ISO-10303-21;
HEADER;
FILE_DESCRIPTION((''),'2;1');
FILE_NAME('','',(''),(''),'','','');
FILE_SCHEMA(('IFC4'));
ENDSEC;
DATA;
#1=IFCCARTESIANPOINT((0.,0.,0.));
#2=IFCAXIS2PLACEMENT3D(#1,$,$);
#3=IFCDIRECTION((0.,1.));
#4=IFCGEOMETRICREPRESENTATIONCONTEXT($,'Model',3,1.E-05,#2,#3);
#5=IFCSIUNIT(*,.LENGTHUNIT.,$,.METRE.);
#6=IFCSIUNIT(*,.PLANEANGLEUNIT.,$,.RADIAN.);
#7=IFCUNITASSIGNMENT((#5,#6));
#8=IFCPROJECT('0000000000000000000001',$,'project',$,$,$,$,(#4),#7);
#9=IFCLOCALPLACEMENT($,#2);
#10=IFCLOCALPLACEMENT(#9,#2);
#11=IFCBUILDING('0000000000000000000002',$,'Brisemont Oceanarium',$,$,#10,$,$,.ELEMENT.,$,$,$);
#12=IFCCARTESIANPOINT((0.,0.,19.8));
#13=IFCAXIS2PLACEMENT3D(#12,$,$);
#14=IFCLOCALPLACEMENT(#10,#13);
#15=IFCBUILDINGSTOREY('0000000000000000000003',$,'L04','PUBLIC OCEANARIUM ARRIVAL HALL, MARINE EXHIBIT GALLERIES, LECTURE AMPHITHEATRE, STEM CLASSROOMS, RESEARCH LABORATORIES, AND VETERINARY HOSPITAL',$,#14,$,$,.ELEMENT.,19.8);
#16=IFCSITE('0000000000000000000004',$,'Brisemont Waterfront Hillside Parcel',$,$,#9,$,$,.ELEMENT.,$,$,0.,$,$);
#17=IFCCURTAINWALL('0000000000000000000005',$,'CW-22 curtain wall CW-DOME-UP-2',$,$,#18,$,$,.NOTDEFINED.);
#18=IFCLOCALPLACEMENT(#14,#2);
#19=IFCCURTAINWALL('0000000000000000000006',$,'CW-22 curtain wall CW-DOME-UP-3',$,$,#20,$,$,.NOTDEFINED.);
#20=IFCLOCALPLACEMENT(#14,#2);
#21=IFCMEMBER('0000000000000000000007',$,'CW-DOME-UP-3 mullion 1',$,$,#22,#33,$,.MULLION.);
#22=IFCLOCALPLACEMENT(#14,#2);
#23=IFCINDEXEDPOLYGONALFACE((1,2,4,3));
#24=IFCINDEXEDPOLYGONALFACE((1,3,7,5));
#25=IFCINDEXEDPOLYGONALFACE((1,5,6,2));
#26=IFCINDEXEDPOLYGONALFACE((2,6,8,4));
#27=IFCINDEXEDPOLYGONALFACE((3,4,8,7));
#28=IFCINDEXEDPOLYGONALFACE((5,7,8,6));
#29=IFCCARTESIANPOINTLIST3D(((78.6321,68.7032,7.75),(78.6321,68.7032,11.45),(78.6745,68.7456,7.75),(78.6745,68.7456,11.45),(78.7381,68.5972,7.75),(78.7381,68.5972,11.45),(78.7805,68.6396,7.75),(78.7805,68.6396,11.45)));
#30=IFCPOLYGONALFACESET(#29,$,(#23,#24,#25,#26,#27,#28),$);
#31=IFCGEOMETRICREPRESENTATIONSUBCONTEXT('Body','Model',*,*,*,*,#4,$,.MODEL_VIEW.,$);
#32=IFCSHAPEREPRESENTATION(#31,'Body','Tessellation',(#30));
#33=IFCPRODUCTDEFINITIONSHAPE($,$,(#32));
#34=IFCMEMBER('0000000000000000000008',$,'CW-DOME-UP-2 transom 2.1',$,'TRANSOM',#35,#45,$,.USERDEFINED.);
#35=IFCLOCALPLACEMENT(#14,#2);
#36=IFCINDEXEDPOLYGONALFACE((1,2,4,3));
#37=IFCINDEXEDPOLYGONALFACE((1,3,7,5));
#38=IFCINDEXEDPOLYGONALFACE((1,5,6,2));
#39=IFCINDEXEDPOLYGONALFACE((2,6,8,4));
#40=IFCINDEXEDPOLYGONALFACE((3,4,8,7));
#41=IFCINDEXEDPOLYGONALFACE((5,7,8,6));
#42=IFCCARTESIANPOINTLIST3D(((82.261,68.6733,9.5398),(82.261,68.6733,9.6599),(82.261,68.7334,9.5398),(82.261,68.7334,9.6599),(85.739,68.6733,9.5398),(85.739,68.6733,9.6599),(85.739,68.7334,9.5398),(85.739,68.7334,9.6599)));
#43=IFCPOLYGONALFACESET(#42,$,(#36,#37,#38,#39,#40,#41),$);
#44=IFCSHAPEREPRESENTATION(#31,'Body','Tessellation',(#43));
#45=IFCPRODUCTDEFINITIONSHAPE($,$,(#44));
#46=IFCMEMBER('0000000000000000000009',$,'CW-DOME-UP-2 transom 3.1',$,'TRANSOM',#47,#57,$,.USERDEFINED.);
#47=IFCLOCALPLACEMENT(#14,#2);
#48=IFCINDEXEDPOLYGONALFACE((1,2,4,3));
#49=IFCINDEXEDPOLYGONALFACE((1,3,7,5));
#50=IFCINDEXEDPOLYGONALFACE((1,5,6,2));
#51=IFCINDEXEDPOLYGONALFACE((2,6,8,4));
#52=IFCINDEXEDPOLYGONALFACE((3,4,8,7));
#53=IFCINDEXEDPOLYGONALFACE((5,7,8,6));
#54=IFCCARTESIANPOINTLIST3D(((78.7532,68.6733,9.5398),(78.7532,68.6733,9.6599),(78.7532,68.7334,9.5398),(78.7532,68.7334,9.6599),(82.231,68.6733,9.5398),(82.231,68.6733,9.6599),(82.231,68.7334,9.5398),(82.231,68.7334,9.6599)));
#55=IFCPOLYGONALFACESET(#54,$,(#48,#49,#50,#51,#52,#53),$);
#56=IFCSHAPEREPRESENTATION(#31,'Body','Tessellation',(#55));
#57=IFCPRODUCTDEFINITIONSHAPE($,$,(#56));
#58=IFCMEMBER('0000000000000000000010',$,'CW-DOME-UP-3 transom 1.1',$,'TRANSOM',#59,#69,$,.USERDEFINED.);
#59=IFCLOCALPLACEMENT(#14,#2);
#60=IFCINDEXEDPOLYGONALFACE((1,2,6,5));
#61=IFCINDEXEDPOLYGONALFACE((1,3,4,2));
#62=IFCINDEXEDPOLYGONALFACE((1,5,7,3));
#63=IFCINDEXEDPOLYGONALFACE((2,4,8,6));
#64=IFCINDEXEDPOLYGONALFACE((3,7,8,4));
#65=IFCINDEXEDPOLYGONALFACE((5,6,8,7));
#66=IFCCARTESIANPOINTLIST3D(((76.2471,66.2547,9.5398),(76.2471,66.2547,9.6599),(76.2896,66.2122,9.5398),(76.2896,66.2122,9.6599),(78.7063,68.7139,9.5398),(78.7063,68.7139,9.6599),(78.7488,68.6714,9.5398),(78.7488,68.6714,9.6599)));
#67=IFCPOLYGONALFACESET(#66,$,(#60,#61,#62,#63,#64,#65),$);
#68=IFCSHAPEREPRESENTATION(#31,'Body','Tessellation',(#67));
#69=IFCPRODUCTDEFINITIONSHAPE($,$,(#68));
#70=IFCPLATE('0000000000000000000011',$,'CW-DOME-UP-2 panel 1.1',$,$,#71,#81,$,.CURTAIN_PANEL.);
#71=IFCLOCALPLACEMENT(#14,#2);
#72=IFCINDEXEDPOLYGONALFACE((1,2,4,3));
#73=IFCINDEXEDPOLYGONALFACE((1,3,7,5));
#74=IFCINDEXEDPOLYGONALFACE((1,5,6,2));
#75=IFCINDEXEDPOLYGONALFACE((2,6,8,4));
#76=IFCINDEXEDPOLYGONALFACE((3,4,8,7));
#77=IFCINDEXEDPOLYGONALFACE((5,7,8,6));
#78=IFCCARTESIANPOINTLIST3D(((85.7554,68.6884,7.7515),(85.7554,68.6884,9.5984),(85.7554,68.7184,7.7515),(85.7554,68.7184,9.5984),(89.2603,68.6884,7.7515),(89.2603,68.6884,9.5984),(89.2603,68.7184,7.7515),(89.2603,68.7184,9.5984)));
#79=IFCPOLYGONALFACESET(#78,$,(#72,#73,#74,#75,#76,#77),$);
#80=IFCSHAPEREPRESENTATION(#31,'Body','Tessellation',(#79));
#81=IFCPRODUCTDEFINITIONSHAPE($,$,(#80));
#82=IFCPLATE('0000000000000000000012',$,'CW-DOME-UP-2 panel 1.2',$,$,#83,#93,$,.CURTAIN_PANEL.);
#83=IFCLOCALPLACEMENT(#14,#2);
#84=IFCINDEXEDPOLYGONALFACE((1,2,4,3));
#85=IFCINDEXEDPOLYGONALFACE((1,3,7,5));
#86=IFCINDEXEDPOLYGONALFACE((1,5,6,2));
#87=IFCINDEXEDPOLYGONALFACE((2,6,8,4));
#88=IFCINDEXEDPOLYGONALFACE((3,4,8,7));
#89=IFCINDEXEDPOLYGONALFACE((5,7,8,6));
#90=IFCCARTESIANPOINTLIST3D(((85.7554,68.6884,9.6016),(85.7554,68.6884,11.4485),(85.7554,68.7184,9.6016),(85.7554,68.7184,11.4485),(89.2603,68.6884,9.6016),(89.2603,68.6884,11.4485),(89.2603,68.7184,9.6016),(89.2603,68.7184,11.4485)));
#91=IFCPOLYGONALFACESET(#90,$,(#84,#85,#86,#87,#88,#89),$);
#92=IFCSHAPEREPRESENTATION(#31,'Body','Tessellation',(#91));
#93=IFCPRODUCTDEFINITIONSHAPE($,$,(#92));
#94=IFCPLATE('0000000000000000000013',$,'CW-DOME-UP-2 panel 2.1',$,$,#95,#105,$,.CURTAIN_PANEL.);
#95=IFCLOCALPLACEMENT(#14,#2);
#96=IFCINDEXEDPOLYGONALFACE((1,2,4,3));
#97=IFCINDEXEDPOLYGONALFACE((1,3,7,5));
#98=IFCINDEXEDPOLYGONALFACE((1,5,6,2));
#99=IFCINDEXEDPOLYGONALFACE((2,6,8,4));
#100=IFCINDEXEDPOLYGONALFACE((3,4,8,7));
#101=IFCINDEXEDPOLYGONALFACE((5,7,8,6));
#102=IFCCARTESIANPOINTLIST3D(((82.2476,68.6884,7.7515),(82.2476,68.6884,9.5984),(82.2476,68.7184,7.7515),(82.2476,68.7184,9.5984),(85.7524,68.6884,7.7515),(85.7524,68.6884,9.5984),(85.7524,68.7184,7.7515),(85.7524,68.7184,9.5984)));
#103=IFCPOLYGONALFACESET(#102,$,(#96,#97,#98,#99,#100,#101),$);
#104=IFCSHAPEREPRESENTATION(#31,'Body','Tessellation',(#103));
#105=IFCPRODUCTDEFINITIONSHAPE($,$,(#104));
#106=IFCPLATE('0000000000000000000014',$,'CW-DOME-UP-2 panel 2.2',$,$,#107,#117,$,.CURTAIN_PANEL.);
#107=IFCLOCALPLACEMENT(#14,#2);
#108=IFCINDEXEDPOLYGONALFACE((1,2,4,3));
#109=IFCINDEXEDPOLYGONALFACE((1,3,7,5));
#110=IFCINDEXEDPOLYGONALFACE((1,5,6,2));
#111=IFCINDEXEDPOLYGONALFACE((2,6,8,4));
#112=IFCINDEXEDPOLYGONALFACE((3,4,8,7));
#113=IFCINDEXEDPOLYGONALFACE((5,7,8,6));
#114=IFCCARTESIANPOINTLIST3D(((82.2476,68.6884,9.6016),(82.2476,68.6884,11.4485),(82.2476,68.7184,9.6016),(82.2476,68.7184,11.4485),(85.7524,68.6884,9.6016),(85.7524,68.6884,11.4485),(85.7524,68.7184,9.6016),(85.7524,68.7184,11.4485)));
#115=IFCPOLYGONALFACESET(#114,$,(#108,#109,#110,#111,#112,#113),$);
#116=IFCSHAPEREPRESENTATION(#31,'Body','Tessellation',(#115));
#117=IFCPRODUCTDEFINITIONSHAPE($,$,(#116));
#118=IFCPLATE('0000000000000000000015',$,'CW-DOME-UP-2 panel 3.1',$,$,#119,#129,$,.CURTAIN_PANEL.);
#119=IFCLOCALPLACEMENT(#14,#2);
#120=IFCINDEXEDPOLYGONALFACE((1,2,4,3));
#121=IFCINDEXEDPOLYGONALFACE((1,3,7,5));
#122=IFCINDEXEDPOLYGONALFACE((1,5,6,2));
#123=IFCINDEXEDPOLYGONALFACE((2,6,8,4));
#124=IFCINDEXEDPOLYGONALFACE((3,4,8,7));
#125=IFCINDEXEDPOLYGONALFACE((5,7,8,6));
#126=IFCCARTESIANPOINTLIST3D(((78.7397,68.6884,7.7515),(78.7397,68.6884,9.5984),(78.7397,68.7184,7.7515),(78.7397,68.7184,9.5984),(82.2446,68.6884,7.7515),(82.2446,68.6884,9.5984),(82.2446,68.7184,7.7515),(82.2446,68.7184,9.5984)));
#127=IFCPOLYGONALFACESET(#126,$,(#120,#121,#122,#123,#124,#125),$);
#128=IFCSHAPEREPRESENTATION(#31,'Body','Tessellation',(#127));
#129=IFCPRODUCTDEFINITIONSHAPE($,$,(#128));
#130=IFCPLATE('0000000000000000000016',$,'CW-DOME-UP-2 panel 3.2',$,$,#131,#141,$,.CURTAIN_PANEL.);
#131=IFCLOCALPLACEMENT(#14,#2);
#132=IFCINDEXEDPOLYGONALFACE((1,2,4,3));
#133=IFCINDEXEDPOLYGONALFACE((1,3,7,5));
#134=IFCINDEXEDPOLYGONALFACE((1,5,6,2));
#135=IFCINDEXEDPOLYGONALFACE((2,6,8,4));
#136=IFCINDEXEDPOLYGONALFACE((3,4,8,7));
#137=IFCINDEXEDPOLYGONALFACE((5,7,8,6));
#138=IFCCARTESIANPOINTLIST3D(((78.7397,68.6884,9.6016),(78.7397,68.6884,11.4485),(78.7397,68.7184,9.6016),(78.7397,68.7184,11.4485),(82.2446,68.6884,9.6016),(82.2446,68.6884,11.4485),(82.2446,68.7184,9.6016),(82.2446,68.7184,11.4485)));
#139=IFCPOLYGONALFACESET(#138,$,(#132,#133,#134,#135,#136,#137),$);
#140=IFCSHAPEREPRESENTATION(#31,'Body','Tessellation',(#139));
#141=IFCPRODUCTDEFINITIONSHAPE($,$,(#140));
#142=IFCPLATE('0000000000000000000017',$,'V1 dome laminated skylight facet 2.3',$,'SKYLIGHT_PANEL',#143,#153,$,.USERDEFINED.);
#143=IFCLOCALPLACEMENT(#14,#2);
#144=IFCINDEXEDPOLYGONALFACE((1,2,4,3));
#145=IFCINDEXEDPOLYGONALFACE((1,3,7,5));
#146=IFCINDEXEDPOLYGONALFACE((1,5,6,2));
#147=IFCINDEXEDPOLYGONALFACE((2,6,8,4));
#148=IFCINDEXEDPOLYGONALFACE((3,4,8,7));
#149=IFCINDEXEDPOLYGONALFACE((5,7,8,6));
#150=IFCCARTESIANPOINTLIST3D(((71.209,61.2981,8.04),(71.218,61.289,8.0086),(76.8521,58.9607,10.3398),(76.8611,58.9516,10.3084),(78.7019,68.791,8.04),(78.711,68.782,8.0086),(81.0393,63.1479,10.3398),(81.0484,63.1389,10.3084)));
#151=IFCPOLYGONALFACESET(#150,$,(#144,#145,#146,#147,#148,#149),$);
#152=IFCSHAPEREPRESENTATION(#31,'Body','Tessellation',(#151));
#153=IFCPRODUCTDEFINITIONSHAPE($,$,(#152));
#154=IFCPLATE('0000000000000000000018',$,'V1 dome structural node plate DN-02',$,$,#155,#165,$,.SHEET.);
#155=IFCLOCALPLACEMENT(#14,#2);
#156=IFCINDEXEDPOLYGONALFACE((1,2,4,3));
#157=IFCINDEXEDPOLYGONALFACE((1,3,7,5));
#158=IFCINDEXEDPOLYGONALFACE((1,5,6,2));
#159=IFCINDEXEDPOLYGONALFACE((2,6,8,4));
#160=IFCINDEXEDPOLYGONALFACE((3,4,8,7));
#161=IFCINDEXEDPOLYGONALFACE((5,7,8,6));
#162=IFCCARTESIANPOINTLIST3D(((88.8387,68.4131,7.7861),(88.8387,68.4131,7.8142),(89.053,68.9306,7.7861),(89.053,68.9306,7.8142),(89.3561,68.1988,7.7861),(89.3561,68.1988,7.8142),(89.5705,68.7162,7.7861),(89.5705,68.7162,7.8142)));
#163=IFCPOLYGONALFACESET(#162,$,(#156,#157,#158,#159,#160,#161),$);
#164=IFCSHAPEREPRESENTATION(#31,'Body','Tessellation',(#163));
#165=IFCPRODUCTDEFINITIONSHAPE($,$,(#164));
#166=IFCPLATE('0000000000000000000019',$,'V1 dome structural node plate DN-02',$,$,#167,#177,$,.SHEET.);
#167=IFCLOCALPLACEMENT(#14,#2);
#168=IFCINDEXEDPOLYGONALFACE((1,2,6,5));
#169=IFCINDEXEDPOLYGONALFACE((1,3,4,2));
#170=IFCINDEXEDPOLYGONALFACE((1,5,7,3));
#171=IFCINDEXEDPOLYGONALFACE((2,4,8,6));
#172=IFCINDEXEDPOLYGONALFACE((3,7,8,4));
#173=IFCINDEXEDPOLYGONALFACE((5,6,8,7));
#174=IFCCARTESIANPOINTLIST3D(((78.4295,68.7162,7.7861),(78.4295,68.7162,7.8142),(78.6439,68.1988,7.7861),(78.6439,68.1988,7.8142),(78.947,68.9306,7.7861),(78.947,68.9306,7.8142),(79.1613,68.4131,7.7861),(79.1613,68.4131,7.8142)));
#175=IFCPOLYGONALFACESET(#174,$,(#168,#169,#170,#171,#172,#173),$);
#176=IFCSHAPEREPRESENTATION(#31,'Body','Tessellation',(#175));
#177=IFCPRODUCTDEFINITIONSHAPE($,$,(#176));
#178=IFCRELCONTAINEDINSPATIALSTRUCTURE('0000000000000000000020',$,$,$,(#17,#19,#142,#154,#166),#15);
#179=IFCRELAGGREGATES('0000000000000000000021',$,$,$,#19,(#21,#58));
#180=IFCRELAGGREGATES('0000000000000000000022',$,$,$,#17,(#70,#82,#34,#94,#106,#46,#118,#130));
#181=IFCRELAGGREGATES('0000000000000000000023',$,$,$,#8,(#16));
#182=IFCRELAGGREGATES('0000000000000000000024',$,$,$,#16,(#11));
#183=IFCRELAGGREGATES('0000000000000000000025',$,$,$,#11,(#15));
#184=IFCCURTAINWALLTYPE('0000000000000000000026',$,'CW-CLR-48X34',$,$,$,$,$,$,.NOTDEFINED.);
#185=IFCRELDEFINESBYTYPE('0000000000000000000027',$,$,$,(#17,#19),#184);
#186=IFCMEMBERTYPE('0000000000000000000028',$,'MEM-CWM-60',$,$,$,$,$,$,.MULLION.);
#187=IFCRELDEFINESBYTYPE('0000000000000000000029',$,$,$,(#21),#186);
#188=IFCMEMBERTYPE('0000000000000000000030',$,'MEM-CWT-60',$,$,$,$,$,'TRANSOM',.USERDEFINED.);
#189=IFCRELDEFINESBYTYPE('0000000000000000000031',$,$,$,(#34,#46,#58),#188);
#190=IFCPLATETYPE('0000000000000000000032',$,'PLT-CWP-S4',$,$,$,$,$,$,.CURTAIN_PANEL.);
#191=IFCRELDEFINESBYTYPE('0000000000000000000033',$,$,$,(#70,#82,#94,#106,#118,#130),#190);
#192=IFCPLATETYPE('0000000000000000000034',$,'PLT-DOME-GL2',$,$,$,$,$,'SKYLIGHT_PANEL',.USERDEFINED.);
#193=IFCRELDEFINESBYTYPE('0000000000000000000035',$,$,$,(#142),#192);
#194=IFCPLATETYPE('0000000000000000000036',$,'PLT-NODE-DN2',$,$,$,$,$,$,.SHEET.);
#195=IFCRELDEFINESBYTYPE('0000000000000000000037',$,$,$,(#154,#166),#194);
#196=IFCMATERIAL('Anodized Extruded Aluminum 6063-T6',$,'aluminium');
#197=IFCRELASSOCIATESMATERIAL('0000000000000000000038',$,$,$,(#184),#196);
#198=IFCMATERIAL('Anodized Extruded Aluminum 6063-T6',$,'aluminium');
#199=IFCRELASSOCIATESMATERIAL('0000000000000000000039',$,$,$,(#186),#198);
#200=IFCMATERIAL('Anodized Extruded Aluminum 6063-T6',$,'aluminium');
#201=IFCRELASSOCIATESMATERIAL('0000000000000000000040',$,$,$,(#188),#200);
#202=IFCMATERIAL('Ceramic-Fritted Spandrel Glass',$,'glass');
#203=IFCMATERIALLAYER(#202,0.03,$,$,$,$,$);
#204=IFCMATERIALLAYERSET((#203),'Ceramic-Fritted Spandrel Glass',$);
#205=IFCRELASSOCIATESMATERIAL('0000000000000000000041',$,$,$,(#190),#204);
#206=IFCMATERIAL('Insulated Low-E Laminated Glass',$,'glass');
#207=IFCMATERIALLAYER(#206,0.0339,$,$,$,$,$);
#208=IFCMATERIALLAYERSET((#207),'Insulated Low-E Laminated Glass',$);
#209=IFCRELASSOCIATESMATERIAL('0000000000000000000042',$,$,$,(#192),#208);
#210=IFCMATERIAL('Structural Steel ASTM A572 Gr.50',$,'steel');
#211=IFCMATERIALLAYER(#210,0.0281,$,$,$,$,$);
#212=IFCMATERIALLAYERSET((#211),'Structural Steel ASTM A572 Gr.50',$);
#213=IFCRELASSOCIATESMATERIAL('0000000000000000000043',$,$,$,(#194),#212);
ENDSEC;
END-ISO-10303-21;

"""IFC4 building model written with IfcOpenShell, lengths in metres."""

from ifc_helpers import new_model, si_unit, direction, frame, origin, origin_2d, place, context, subcontext, project, spatial, polyline, rectangle, outline, extrude, material, layer, layer_set, material_profile, profile_set, type_object, element, aggregate, save


model = new_model("IFC4")

# Units and contexts
model_context = context("Model", 3, precision=1e-05, world=origin(), true_north=direction((0.0, 1.0)))
body_context = subcontext(model_context, "Body", "Model", "MODEL_VIEW")
ifc_project = project(units=[si_unit("LENGTHUNIT", "METRE"), si_unit("PLANEANGLEUNIT", "RADIAN")], contexts=[model_context])

# Site, building, storey
site_placement = place(None, origin())
site = spatial("IfcSite", under=ifc_project, at=site_placement, Name="Brisemont Waterfront Hillside Parcel", CompositionType="ELEMENT", RefElevation=0.0)
building_placement = place(site_placement, origin())
building = spatial("IfcBuilding", under=site, at=building_placement, Name="Brisemont Oceanarium", CompositionType="ELEMENT")
storey_placement = place(building_placement, frame((0.0, 0.0, 19.8)))
storey = spatial("IfcBuildingStorey", under=building, at=storey_placement, Name="L04", Description="PUBLIC OCEANARIUM ARRIVAL HALL, MARINE EXHIBIT GALLERIES, LECTURE AMPHITHEATRE, STEM CLASSROOMS, RESEARCH LABORATORIES, AND VETERINARY HOSPITAL", CompositionType="ELEMENT", Elevation=19.8)

# Curtain wall
ifc_material_1 = material(Name="Anodized Extruded Aluminum 6063-T6", Category="aluminium")
curtain_wall_type = type_object("IfcCurtainWallType", Name="CW-CLR-48X34", PredefinedType="NOTDEFINED", material=ifc_material_1)
curtain_wall_1_placement = place(storey_placement, origin())
curtain_wall_1 = element("IfcCurtainWall", 1, at=curtain_wall_1_placement, inside=storey, type_object=curtain_wall_type, Name="CW-22 curtain wall CW-DOME-UP-2", PredefinedType="NOTDEFINED")
ifc_material_2 = material(Name="Anodized Extruded Aluminum 6063-T6", Category="aluminium")
ifc_material_profile_1 = material_profile(ifc_material_2, rectangle(XDim=0.0601, YDim=0.1499, at=origin_2d()), Name="CWM-60X150")
ifc_profile_set_1 = profile_set([ifc_material_profile_1], Name="Anodized Extruded Aluminum 6063-T6")
member_type_1 = type_object("IfcMemberType", Name="MEM-CWM-60", PredefinedType="MULLION", material=ifc_profile_set_1)

# Curtain wall, member
curtain_wall_2_placement = place(storey_placement, origin())
curtain_wall_2 = element("IfcCurtainWall", 2, at=curtain_wall_2_placement, inside=storey, type_object=curtain_wall_type, Name="CW-22 curtain wall CW-DOME-UP-3", PredefinedType="NOTDEFINED")
member_1_placement = place(storey_placement, frame((78.7063, 68.6714, 7.75), z_axis=(0.0, 0.0, 1.0), x_axis=(-0.707107, -0.707107, 0.0)))
member_1 = element("IfcMember", 3, at=member_1_placement, type_object=member_type_1, Name="CW-DOME-UP-3 mullion 1", PredefinedType="MULLION", context=body_context, shape_type="SweptSolid", body=[
    extrude(rectangle(XDim=0.0601, YDim=0.1499, at=origin_2d()), origin(), (0.0, 0.0, 1.0), 3.7),
])

# Members
ifc_material_3 = material(Name="Anodized Extruded Aluminum 6063-T6", Category="aluminium")
ifc_material_profile_2 = material_profile(ifc_material_3, rectangle(XDim=0.0601, YDim=0.1201, at=origin_2d()), Name="CWT-60X120")
ifc_profile_set_2 = profile_set([ifc_material_profile_2], Name="Anodized Extruded Aluminum 6063-T6")
member_type_2 = type_object("IfcMemberType", Name="MEM-CWT-60", ElementType="TRANSOM", PredefinedType="USERDEFINED", material=ifc_profile_set_2)
member_2_placement = place(storey_placement, frame((85.739, 68.7034, 9.5999), z_axis=(-1.0, 0.0, 0.0), x_axis=(0.0, -1.0, 0.0)))
member_2 = element("IfcMember", 4, at=member_2_placement, type_object=member_type_2, Name="CW-DOME-UP-2 transom 2.1", ObjectType="TRANSOM", PredefinedType="USERDEFINED", context=body_context, shape_type="SweptSolid", body=[
    extrude(rectangle(XDim=0.0601, YDim=0.1201, at=origin_2d()), origin(), (0.0, 0.0, 1.0), 3.478),
])
member_3_placement = place(storey_placement, frame((82.231, 68.7034, 9.5999), z_axis=(-1.0, 0.0, 0.0), x_axis=(0.0, -1.0, 0.0)))
member_3 = element("IfcMember", 5, at=member_3_placement, type_object=member_type_2, Name="CW-DOME-UP-2 transom 3.1", ObjectType="TRANSOM", PredefinedType="USERDEFINED", context=body_context, shape_type="SweptSolid", body=[
    extrude(rectangle(XDim=0.0601, YDim=0.1201, at=origin_2d()), origin(), (0.0, 0.0, 1.0), 3.4778),
])
member_4_placement = place(storey_placement, frame((78.7275, 68.6926, 9.5999), z_axis=(-0.707107, -0.707107, 0.0), x_axis=(0.707107, -0.707107, 0.0)))
member_4 = element("IfcMember", 6, at=member_4_placement, type_object=member_type_2, Name="CW-DOME-UP-3 transom 1.1", ObjectType="TRANSOM", PredefinedType="USERDEFINED", context=body_context, shape_type="SweptSolid", body=[
    extrude(rectangle(XDim=0.0601, YDim=0.1201, at=origin_2d()), origin(), (0.0, 0.0, 1.0), 3.4778),
])
aggregate(curtain_wall_2, [member_1, member_4])

# Plates
ifc_material_4 = material(Name="Ceramic-Fritted Spandrel Glass", Category="glass")
ifc_layer_1 = layer(ifc_material_4, 0.03)
ifc_layer_set_1 = layer_set([ifc_layer_1], Name="Ceramic-Fritted Spandrel Glass")
plate_type_1 = type_object("IfcPlateType", Name="PLT-CWP-S4", PredefinedType="CURTAIN_PANEL", material=ifc_layer_set_1)
plate_1_placement = place(storey_placement, frame((87.5078, 68.7034, 7.7515), z_axis=(0.0, 0.0, 1.0), x_axis=(-1.0, 0.0, 0.0)))
plate_1 = element("IfcPlate", 7, at=plate_1_placement, type_object=plate_type_1, Name="CW-DOME-UP-2 panel 1.1", PredefinedType="CURTAIN_PANEL", context=body_context, shape_type="SweptSolid", body=[
    extrude(rectangle(XDim=3.5049, YDim=0.03, at=origin_2d()), origin(), (0.0, 0.0, 1.0), 1.8469),
])
plate_2_placement = place(storey_placement, frame((87.5078, 68.7034, 9.6016), z_axis=(0.0, 0.0, 1.0), x_axis=(-1.0, 0.0, 0.0)))
plate_2 = element("IfcPlate", 8, at=plate_2_placement, type_object=plate_type_1, Name="CW-DOME-UP-2 panel 1.2", PredefinedType="CURTAIN_PANEL", context=body_context, shape_type="SweptSolid", body=[
    extrude(rectangle(XDim=3.5049, YDim=0.03, at=origin_2d()), origin(), (0.0, 0.0, 1.0), 1.8469),
])
plate_3_placement = place(storey_placement, frame((84.0, 68.7034, 7.7515), z_axis=(0.0, 0.0, 1.0), x_axis=(-1.0, 0.0, 0.0)))
plate_3 = element("IfcPlate", 9, at=plate_3_placement, type_object=plate_type_1, Name="CW-DOME-UP-2 panel 2.1", PredefinedType="CURTAIN_PANEL", context=body_context, shape_type="SweptSolid", body=[
    extrude(rectangle(XDim=3.5049, YDim=0.03, at=origin_2d()), origin(), (0.0, 0.0, 1.0), 1.8469),
])
plate_4_placement = place(storey_placement, frame((84.0, 68.7034, 9.6016), z_axis=(0.0, 0.0, 1.0), x_axis=(-1.0, 0.0, 0.0)))
plate_4 = element("IfcPlate", 10, at=plate_4_placement, type_object=plate_type_1, Name="CW-DOME-UP-2 panel 2.2", PredefinedType="CURTAIN_PANEL", context=body_context, shape_type="SweptSolid", body=[
    extrude(rectangle(XDim=3.5049, YDim=0.03, at=origin_2d()), origin(), (0.0, 0.0, 1.0), 1.8469),
])
plate_5_placement = place(storey_placement, frame((80.4922, 68.7034, 7.7515), z_axis=(0.0, 0.0, 1.0), x_axis=(-1.0, 0.0, 0.0)))
plate_5 = element("IfcPlate", 11, at=plate_5_placement, type_object=plate_type_1, Name="CW-DOME-UP-2 panel 3.1", PredefinedType="CURTAIN_PANEL", context=body_context, shape_type="SweptSolid", body=[
    extrude(rectangle(XDim=3.5049, YDim=0.03, at=origin_2d()), origin(), (0.0, 0.0, 1.0), 1.8469),
])
plate_6_placement = place(storey_placement, frame((80.4922, 68.7034, 9.6016), z_axis=(0.0, 0.0, 1.0), x_axis=(-1.0, 0.0, 0.0)))
plate_6 = element("IfcPlate", 12, at=plate_6_placement, type_object=plate_type_1, Name="CW-DOME-UP-2 panel 3.2", PredefinedType="CURTAIN_PANEL", context=body_context, shape_type="SweptSolid", body=[
    extrude(rectangle(XDim=3.5049, YDim=0.03, at=origin_2d()), origin(), (0.0, 0.0, 1.0), 1.8469),
])
aggregate(curtain_wall_1, [plate_1, plate_2, member_2, plate_3, plate_4, member_3, plate_5, plate_6])

# Plates
ifc_material_5 = material(Name="Insulated Low-E Laminated Glass", Category="glass")
ifc_layer_2 = layer(ifc_material_5, 0.0339)
ifc_layer_set_2 = layer_set([ifc_layer_2], Name="Insulated Low-E Laminated Glass")
plate_type_2 = type_object("IfcPlateType", Name="PLT-DOME-GL2", ElementType="SKYLIGHT_PANEL", PredefinedType="USERDEFINED", material=ifc_layer_set_2)
plate_7_placement = place(storey_placement, frame((78.7019, 68.791, 8.04), z_axis=(-0.266868, 0.266868, 0.926047), x_axis=(-0.707107, -0.707107, 0.0)))
element("IfcPlate", 13, at=plate_7_placement, inside=storey, type_object=plate_type_2, Name="V1 dome laminated skylight facet 2.3", ObjectType="SKYLIGHT_PANEL", PredefinedType="USERDEFINED", context=body_context, shape_type="SweptSolid", body=[
    extrude(outline(polyline([(0.0, 0.0), (10.5966, 0.0), (8.2591, 6.0937), (2.3375, 6.0937), (0.0, 0.0)])), origin(), (0.0, 0.0, -1.0), 0.0339),
])
ifc_material_6 = material(Name="Structural Steel ASTM A572 Gr.50", Category="steel")
ifc_layer_3 = layer(ifc_material_6, 0.0281)
ifc_layer_set_3 = layer_set([ifc_layer_3], Name="Structural Steel ASTM A572 Gr.50")
plate_type_3 = type_object("IfcPlateType", Name="PLT-NODE-DN2", PredefinedType="SHEET", material=ifc_layer_set_3)
for number, where, z_axis, x_axis, name in (
    (14, (89.2046, 68.5647, 7.7861), (0.0, 0.0, 1.0), (0.382683, 0.92388, 0.0), "V1 dome structural node plate DN-02"),
    (15, (78.7954, 68.5647, 7.7861), (0.0, 0.0, 1.0), (-0.382683, 0.92388, 0.0), "V1 dome structural node plate DN-02"),
):
    element("IfcPlate", number, at=place(storey_placement, frame(where, z_axis=z_axis, x_axis=x_axis)), inside=storey, type_object=plate_type_3, Name=name, PredefinedType="SHEET", context=body_context, shape_type="SweptSolid", body=[
        extrude(rectangle(XDim=0.5601, YDim=0.5601, at=origin_2d()), origin(), (0.0, 0.0, 1.0), 0.0281),
    ])

save(model, "model.ifc")
